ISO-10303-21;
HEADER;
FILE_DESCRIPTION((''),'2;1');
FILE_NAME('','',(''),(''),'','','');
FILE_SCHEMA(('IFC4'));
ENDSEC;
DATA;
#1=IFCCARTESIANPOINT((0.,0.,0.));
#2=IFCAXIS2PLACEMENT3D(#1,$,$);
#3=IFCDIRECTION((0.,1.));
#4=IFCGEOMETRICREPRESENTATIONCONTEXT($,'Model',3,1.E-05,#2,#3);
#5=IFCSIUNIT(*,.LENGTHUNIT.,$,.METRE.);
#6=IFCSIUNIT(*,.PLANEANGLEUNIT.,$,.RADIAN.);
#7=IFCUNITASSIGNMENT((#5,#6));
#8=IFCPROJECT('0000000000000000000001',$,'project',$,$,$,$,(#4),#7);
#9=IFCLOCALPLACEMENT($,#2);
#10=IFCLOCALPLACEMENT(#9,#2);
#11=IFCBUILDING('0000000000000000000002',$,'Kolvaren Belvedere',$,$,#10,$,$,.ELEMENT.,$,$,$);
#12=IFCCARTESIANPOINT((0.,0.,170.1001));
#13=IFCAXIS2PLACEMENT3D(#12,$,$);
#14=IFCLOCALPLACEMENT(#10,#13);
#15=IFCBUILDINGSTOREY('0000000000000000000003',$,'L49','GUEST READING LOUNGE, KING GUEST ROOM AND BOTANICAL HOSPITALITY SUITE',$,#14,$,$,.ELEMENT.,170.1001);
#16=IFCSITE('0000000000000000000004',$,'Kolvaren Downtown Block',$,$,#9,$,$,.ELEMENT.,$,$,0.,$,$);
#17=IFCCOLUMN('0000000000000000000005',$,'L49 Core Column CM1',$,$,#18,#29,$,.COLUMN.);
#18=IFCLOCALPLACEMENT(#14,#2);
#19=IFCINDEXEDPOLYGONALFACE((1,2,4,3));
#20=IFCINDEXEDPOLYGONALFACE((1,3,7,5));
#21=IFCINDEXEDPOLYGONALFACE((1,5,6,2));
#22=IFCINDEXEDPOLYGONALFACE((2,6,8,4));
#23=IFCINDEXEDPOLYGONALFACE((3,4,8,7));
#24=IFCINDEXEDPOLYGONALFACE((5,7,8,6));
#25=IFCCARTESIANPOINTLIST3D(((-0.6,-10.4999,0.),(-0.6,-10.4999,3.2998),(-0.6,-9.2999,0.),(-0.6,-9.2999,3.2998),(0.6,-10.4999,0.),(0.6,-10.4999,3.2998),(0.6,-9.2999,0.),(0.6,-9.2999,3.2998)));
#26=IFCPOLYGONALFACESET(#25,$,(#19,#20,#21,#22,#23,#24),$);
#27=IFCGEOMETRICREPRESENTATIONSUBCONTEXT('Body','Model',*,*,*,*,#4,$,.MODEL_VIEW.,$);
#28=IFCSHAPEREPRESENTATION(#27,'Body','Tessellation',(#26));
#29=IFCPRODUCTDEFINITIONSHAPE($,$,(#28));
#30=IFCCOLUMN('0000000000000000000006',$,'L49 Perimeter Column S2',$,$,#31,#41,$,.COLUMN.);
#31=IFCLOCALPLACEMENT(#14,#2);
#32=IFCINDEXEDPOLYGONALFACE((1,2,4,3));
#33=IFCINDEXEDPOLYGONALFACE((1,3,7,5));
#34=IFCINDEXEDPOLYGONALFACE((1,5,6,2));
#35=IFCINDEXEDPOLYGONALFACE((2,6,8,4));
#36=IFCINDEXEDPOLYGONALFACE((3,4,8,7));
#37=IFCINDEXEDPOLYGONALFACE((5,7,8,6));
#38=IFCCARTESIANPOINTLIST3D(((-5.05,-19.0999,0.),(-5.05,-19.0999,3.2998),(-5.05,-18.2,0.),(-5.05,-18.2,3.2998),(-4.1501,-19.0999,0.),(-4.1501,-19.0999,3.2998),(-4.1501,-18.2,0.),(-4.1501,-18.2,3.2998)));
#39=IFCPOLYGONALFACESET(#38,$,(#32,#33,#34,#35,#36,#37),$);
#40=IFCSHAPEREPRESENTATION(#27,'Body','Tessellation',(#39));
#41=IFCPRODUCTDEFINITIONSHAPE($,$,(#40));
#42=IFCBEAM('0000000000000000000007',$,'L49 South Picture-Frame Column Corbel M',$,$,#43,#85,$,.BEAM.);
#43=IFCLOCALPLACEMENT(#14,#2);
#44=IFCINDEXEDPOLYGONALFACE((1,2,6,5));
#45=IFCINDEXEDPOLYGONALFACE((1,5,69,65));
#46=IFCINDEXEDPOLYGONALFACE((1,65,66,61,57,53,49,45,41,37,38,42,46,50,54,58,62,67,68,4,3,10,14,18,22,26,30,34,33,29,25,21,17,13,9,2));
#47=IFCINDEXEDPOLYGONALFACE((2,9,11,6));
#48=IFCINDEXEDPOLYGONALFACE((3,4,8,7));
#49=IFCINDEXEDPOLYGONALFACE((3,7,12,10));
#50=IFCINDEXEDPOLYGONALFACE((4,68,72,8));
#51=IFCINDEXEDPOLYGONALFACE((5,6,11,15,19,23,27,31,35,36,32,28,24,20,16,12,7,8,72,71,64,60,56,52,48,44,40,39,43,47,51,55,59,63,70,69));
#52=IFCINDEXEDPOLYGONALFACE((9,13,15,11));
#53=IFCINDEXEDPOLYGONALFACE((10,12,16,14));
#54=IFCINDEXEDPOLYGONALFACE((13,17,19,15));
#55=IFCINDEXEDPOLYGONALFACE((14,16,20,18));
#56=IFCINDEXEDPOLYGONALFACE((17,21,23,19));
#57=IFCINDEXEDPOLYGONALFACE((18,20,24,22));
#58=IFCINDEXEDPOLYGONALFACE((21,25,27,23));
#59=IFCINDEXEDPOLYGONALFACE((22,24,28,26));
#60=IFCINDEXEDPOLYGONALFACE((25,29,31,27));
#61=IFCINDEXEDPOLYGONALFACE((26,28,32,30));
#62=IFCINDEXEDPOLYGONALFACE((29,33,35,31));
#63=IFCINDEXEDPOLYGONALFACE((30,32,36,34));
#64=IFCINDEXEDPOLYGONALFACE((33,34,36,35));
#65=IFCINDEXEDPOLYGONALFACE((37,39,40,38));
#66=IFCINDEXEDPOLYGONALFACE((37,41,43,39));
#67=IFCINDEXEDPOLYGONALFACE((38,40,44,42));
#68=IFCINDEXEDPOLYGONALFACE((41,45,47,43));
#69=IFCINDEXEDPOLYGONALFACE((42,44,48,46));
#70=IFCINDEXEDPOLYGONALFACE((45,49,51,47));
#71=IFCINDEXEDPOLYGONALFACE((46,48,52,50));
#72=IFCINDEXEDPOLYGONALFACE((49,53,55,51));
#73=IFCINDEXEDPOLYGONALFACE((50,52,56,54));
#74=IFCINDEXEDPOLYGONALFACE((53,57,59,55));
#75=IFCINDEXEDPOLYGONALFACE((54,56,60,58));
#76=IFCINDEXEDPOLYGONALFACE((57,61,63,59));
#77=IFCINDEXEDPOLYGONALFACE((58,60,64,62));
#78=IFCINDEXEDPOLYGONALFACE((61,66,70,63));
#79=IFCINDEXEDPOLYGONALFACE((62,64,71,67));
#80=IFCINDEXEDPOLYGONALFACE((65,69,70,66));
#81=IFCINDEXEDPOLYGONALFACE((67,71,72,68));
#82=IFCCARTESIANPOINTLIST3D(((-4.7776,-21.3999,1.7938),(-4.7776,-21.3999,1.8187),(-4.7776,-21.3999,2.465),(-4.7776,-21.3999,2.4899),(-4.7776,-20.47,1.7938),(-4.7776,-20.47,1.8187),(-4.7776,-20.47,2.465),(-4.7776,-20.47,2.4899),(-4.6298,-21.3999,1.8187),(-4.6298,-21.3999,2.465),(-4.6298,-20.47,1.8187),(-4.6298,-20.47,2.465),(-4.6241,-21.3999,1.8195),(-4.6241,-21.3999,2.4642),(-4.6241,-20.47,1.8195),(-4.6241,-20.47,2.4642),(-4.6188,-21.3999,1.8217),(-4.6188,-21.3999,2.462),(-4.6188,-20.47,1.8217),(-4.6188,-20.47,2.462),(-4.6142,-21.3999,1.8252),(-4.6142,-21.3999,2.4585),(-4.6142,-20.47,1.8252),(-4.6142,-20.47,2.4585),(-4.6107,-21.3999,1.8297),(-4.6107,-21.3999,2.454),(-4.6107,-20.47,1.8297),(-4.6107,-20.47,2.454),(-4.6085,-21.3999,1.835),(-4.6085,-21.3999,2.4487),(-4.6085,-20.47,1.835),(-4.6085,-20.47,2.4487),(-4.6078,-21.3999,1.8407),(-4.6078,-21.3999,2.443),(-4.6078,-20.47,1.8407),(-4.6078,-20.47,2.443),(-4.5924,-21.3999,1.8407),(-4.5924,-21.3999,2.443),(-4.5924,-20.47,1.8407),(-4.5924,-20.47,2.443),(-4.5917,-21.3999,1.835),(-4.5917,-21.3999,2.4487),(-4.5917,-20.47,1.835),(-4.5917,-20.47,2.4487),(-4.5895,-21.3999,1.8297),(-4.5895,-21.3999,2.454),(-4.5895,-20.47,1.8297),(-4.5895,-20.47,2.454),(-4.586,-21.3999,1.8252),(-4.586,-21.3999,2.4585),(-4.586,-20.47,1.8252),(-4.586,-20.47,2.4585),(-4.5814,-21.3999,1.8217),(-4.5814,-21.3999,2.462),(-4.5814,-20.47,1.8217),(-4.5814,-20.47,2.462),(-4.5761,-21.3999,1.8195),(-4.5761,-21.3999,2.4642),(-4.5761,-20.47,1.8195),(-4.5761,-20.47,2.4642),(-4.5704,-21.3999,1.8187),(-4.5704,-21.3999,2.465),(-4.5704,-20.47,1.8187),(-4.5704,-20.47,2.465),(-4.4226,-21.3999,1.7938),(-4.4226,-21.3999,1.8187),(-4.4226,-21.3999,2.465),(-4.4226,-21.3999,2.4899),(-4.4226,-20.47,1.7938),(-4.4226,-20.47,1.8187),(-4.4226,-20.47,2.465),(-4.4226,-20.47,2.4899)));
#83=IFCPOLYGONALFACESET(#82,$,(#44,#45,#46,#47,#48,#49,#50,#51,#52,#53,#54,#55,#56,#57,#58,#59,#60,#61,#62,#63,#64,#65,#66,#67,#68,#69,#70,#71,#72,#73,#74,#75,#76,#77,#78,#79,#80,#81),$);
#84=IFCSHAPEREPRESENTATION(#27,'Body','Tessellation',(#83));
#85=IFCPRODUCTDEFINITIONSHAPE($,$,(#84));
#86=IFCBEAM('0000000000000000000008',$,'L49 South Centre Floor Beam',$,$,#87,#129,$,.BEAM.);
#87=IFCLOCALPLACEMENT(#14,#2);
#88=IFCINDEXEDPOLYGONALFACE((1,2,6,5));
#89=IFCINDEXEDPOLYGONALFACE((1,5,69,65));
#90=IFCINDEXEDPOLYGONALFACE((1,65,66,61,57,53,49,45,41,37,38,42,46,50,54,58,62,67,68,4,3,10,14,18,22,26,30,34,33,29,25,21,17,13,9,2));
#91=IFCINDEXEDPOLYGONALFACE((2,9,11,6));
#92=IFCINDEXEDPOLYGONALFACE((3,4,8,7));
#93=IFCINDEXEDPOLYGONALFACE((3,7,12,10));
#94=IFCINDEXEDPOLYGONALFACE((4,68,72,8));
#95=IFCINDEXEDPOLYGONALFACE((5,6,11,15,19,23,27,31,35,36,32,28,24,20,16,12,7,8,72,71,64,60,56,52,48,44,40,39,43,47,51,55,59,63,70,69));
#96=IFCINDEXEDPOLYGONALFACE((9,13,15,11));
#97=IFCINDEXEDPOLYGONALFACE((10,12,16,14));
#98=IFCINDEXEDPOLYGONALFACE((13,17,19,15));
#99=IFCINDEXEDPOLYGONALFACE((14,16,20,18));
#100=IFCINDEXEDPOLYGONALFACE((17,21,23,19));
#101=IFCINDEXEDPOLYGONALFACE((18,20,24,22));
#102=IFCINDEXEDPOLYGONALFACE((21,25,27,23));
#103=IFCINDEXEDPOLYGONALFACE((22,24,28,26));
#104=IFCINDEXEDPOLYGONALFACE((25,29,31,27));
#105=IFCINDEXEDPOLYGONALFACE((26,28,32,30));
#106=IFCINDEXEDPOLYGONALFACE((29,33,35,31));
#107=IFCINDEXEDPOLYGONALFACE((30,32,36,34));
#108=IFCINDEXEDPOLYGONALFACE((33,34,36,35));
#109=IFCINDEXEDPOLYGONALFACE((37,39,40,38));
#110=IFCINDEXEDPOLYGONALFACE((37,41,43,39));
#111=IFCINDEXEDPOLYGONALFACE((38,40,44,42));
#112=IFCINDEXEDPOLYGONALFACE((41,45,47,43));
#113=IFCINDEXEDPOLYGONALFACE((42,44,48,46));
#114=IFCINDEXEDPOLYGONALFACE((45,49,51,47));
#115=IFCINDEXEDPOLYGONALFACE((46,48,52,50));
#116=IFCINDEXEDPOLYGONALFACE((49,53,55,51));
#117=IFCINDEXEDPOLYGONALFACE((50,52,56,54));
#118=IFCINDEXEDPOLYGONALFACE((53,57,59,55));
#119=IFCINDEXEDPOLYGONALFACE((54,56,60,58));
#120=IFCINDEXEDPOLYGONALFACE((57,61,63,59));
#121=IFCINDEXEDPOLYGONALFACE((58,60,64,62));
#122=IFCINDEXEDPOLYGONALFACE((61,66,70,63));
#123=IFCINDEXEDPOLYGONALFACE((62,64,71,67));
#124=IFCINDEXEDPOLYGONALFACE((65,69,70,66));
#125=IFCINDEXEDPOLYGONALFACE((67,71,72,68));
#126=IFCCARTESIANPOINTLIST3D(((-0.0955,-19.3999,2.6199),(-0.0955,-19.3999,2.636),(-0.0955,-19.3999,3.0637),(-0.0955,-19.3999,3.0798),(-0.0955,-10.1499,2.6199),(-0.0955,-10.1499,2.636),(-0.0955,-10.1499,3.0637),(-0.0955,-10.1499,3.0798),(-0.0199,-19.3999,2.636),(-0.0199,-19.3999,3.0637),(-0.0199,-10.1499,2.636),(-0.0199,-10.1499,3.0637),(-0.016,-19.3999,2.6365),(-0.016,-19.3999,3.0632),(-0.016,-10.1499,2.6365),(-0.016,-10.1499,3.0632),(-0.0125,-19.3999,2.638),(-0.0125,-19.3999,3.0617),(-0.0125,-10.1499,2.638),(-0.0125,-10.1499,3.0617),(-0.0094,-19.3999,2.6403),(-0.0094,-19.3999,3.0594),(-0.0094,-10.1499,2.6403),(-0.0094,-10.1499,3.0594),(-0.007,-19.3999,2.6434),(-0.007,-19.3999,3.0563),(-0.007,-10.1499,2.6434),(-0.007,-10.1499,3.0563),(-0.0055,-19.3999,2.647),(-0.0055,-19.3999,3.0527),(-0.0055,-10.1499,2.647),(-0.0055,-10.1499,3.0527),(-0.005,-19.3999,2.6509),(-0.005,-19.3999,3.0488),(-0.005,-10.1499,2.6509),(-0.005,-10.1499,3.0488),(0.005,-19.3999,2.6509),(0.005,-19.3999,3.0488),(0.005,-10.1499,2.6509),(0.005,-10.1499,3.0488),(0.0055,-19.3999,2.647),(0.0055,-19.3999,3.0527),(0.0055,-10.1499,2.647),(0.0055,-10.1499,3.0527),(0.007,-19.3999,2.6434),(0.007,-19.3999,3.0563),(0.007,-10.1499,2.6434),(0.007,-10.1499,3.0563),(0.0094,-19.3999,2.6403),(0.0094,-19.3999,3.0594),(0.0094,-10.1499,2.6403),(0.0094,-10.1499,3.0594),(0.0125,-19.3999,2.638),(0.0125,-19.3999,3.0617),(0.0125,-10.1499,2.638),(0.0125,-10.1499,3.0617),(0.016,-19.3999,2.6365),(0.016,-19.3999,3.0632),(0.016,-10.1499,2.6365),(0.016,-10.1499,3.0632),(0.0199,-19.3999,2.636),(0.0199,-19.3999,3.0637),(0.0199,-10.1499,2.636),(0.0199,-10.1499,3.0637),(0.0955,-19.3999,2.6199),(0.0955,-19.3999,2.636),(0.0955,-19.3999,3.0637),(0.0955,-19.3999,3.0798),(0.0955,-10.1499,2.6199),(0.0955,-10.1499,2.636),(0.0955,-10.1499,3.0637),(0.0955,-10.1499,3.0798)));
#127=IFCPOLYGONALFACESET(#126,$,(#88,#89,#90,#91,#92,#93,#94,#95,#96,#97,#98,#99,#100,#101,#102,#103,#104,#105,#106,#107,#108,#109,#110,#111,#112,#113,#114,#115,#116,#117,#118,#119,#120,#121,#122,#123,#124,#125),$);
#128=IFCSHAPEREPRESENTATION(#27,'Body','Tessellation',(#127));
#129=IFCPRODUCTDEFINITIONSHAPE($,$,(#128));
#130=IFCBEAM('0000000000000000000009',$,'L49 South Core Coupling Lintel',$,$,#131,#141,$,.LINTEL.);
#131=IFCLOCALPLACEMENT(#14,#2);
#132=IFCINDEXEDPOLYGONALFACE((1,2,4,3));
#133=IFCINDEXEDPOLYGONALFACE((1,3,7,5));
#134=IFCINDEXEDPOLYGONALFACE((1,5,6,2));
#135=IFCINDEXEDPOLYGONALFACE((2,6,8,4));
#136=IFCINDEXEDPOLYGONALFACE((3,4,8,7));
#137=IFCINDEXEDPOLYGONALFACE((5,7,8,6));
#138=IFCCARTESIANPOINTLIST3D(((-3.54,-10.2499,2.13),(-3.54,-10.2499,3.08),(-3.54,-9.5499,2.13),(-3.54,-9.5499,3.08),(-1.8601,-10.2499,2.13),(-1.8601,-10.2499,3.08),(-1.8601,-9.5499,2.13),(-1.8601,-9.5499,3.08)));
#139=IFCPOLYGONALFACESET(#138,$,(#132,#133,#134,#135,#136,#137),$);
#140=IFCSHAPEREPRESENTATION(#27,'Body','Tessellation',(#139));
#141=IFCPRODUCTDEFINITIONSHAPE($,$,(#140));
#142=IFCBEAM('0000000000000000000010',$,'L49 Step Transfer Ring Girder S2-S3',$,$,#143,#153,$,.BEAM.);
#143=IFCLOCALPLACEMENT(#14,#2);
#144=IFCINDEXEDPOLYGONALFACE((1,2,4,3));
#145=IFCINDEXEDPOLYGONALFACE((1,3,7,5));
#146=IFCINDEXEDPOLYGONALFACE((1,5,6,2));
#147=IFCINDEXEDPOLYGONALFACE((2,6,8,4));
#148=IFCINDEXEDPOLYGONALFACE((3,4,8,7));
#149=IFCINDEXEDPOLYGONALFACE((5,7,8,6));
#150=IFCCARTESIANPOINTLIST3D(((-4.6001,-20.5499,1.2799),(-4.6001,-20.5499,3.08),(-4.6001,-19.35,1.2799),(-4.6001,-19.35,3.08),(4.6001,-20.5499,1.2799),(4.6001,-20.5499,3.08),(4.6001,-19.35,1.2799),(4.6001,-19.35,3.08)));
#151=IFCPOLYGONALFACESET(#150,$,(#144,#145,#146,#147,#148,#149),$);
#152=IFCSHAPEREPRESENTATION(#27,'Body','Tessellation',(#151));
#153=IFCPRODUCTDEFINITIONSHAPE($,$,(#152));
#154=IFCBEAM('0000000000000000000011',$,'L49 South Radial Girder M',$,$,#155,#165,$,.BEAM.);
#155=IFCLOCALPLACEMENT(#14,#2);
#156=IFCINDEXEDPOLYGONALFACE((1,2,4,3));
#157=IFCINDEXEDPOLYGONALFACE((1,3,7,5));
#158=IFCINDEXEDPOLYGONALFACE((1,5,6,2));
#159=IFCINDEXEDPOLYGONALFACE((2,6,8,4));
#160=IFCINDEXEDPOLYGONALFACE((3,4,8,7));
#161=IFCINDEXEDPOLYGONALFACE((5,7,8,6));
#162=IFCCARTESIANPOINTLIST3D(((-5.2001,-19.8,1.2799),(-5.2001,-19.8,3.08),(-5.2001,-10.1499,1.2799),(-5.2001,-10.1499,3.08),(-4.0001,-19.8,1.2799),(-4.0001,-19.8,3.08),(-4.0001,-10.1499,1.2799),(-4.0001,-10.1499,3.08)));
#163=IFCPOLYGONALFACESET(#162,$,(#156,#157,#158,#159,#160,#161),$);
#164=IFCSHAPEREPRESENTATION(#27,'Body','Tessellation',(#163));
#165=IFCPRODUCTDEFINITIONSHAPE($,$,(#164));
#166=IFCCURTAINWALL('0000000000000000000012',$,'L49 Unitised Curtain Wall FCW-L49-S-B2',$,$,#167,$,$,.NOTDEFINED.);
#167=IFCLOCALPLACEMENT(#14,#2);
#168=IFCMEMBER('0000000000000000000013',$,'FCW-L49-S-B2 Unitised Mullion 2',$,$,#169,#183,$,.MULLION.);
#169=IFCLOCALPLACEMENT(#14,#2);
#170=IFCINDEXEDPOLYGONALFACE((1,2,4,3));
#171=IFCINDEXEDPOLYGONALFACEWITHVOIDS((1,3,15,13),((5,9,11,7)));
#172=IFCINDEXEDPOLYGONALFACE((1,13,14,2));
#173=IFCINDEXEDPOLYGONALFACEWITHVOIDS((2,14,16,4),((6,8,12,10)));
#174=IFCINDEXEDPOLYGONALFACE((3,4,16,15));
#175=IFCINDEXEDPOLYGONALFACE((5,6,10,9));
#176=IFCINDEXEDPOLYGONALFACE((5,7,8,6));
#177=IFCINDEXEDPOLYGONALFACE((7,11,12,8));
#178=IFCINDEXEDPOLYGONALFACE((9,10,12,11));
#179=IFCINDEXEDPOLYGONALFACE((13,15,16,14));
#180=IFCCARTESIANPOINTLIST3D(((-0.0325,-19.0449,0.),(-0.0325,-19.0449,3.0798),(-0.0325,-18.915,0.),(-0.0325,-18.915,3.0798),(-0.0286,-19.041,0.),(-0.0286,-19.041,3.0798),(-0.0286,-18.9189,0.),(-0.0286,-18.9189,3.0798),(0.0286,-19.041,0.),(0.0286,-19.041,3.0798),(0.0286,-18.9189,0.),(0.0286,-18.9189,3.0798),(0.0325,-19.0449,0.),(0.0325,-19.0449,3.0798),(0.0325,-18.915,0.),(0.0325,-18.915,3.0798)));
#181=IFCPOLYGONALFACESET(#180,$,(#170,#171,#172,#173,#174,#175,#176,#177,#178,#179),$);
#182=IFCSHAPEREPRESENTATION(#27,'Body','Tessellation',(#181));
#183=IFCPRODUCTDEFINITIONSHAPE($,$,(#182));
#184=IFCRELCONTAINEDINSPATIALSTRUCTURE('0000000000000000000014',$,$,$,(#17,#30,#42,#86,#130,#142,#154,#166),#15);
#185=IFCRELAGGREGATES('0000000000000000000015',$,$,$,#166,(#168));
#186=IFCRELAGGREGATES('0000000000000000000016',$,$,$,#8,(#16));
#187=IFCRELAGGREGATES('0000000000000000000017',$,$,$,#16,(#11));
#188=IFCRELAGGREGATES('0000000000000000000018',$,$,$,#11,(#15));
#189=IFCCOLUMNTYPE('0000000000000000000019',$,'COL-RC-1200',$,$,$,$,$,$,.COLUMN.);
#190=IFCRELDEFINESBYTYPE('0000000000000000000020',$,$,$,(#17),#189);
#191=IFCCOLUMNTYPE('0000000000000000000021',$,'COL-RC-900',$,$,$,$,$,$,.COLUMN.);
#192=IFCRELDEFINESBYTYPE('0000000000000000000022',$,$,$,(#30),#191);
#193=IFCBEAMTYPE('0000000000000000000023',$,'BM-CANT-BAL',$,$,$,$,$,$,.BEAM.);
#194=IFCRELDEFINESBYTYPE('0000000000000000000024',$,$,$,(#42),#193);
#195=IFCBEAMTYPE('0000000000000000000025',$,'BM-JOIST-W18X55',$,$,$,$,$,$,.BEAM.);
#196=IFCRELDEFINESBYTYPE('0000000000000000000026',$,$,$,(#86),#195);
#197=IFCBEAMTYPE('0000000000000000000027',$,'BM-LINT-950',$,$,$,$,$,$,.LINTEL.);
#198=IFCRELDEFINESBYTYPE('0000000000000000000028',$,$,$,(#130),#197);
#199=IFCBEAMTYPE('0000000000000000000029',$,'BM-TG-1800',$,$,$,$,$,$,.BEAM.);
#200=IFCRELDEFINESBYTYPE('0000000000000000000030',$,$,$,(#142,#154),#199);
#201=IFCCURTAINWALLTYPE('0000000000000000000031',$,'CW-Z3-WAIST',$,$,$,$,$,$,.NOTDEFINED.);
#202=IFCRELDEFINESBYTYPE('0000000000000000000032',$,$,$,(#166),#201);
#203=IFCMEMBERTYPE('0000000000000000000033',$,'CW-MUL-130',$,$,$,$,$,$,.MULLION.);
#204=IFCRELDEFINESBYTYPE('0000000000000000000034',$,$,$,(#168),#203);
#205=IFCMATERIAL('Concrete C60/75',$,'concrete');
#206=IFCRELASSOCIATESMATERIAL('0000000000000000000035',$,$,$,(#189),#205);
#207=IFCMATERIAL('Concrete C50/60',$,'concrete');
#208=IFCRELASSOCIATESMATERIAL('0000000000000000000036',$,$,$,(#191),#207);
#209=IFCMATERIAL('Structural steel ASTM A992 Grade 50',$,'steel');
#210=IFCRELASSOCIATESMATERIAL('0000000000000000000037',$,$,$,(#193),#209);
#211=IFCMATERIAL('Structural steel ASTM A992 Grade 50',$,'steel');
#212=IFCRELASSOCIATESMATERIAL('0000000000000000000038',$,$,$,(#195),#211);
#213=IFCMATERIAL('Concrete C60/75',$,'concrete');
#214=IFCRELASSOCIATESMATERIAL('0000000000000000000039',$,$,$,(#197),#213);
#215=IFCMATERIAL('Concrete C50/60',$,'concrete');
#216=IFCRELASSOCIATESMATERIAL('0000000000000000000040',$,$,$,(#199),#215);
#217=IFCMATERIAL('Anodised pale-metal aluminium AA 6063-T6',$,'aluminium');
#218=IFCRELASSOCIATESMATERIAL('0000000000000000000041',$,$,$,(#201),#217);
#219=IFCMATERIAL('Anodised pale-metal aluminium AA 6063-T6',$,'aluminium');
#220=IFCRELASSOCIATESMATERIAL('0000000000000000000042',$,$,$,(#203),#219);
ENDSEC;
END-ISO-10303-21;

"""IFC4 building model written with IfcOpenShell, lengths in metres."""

from ifc_helpers import new_model, si_unit, direction, frame, origin, origin_2d, place, context, subcontext, project, spatial, rectangle, hollow_rectangle, i_section, extrude, material, material_profile, profile_set, type_object, element, aggregate, save


model = new_model("IFC4")

# Units and contexts
model_context = context("Model", 3, precision=1e-05, world=origin(), true_north=direction((0.0, 1.0)))
body_context = subcontext(model_context, "Body", "Model", "MODEL_VIEW")
ifc_project = project(units=[si_unit("LENGTHUNIT", "METRE"), si_unit("PLANEANGLEUNIT", "RADIAN")], contexts=[model_context])

# Site, building, storey
site_placement = place(None, origin())
site = spatial("IfcSite", under=ifc_project, at=site_placement, Name="Kolvaren Downtown Block", CompositionType="ELEMENT", RefElevation=0.0)
building_placement = place(site_placement, origin())
building = spatial("IfcBuilding", under=site, at=building_placement, Name="Kolvaren Belvedere", CompositionType="ELEMENT")
storey_placement = place(building_placement, frame((0.0, 0.0, 170.1001)))
storey = spatial("IfcBuildingStorey", under=building, at=storey_placement, Name="L49", Description="GUEST READING LOUNGE, KING GUEST ROOM AND BOTANICAL HOSPITALITY SUITE", CompositionType="ELEMENT", Elevation=170.1001)

# Columns
ifc_material_1 = material(Name="Concrete C60/75", Category="concrete")
ifc_material_profile_1 = material_profile(ifc_material_1, rectangle(XDim=1.2, YDim=1.2, at=origin_2d()), Name="RC 1200X1200")
ifc_profile_set_1 = profile_set([ifc_material_profile_1], Name="Concrete C60/75")
column_type_1 = type_object("IfcColumnType", Name="COL-RC-1200", PredefinedType="COLUMN", material=ifc_profile_set_1)
column_1_placement = place(storey_placement, frame((0.0, -9.8999, 0.0), z_axis=(0.0, 0.0, 1.0), x_axis=(1.0, 0.0, 0.0)))
element("IfcColumn", 1, at=column_1_placement, inside=storey, type_object=column_type_1, Name="L49 Core Column CM1", PredefinedType="COLUMN", context=body_context, shape_type="SweptSolid", body=[
    extrude(rectangle(XDim=1.2, YDim=1.2, at=origin_2d()), origin(), (0.0, 0.0, 1.0), 3.2998),
])
ifc_material_2 = material(Name="Concrete C50/60", Category="concrete")
ifc_material_profile_2 = material_profile(ifc_material_2, rectangle(XDim=0.8999, YDim=0.8999, at=origin_2d()), Name="RC 900X900")
ifc_profile_set_2 = profile_set([ifc_material_profile_2], Name="Concrete C50/60")
column_type_2 = type_object("IfcColumnType", Name="COL-RC-900", PredefinedType="COLUMN", material=ifc_profile_set_2)
column_2_placement = place(storey_placement, frame((-4.6001, -18.6499, 0.0), z_axis=(0.0, 0.0, 1.0), x_axis=(1.0, 0.0, 0.0)))
element("IfcColumn", 2, at=column_2_placement, inside=storey, type_object=column_type_2, Name="L49 Perimeter Column S2", PredefinedType="COLUMN", context=body_context, shape_type="SweptSolid", body=[
    extrude(rectangle(XDim=0.8999, YDim=0.8999, at=origin_2d()), origin(), (0.0, 0.0, 1.0), 3.2998),
])

# Beams
ifc_material_3 = material(Name="Structural steel ASTM A992 Grade 50", Category="steel")
ifc_material_profile_3 = material_profile(ifc_material_3, i_section(OverallWidth=0.355, OverallDepth=0.696, WebThickness=0.0154, FlangeThickness=0.0249, FilletRadius=0.022, at=origin_2d()), Name="W27X146")
ifc_profile_set_3 = profile_set([ifc_material_profile_3], Name="Structural steel ASTM A992 Grade 50")
beam_type_1 = type_object("IfcBeamType", Name="BM-CANT-BAL", PredefinedType="BEAM", material=ifc_profile_set_3)
beam_1_placement = place(storey_placement, frame((-4.6001, -20.47, 2.1418), z_axis=(0.0, -1.0, 0.0), x_axis=(1.0, 0.0, 0.0)))
element("IfcBeam", 3, at=beam_1_placement, inside=storey, type_object=beam_type_1, Name="L49 South Picture-Frame Column Corbel M", PredefinedType="BEAM", context=body_context, shape_type="SweptSolid", body=[
    extrude(i_section(OverallWidth=0.355, OverallDepth=0.696, WebThickness=0.0154, FlangeThickness=0.0249, FilletRadius=0.022, at=origin_2d()), origin(), (0.0, 0.0, 1.0), 0.9299),
])
ifc_material_4 = material(Name="Structural steel ASTM A992 Grade 50", Category="steel")
ifc_material_profile_4 = material_profile(ifc_material_4, i_section(OverallWidth=0.1909, OverallDepth=0.46, WebThickness=0.01, FlangeThickness=0.0161, FilletRadius=0.0149, at=origin_2d()), Name="W18X55")
ifc_profile_set_4 = profile_set([ifc_material_profile_4], Name="Structural steel ASTM A992 Grade 50")
beam_type_2 = type_object("IfcBeamType", Name="BM-JOIST-W18X55", PredefinedType="BEAM", material=ifc_profile_set_4)
beam_2_placement = place(storey_placement, frame((0.0, -10.1499, 2.8499), z_axis=(0.0, -1.0, 0.0), x_axis=(1.0, 0.0, 0.0)))
element("IfcBeam", 4, at=beam_2_placement, inside=storey, type_object=beam_type_2, Name="L49 South Centre Floor Beam", PredefinedType="BEAM", context=body_context, shape_type="SweptSolid", body=[
    extrude(i_section(OverallWidth=0.1909, OverallDepth=0.46, WebThickness=0.01, FlangeThickness=0.0161, FilletRadius=0.0149, at=origin_2d()), origin(), (0.0, 0.0, 1.0), 9.25),
])
ifc_material_5 = material(Name="Concrete C60/75", Category="concrete")
ifc_material_profile_5 = material_profile(ifc_material_5, rectangle(XDim=0.7, YDim=0.95, at=origin_2d()), Name="RC 700X950")
ifc_profile_set_5 = profile_set([ifc_material_profile_5], Name="Concrete C60/75")
beam_type_3 = type_object("IfcBeamType", Name="BM-LINT-950", PredefinedType="LINTEL", material=ifc_profile_set_5)
beam_3_placement = place(storey_placement, frame((-3.54, -9.8999, 2.605), z_axis=(1.0, 0.0, 0.0), x_axis=(0.0, 1.0, 0.0)))
element("IfcBeam", 5, at=beam_3_placement, inside=storey, type_object=beam_type_3, Name="L49 South Core Coupling Lintel", PredefinedType="LINTEL", context=body_context, shape_type="SweptSolid", body=[
    extrude(rectangle(XDim=0.7, YDim=0.95, at=origin_2d()), origin(), (0.0, 0.0, 1.0), 1.6799),
])
ifc_material_6 = material(Name="Concrete C50/60", Category="concrete")
ifc_material_profile_6 = material_profile(ifc_material_6, rectangle(XDim=1.2, YDim=1.8, at=origin_2d()), Name="RC 1200X1800")
ifc_profile_set_6 = profile_set([ifc_material_profile_6], Name="Concrete C50/60")
beam_type_4 = type_object("IfcBeamType", Name="BM-TG-1800", PredefinedType="BEAM", material=ifc_profile_set_6)
beam_4_placement = place(storey_placement, frame((-4.6001, -19.95, 2.1799), z_axis=(1.0, 0.0, 0.0), x_axis=(0.0, 1.0, 0.0)))
element("IfcBeam", 6, at=beam_4_placement, inside=storey, type_object=beam_type_4, Name="L49 Step Transfer Ring Girder S2-S3", PredefinedType="BEAM", context=body_context, shape_type="SweptSolid", body=[
    extrude(rectangle(XDim=1.2, YDim=1.8, at=origin_2d()), origin(), (0.0, 0.0, 1.0), 9.2002),
])
beam_5_placement = place(storey_placement, frame((-4.6001, -10.1499, 2.1799), z_axis=(0.0, -1.0, 0.0), x_axis=(1.0, 0.0, 0.0)))
element("IfcBeam", 7, at=beam_5_placement, inside=storey, type_object=beam_type_4, Name="L49 South Radial Girder M", PredefinedType="BEAM", context=body_context, shape_type="SweptSolid", body=[
    extrude(rectangle(XDim=1.2, YDim=1.8, at=origin_2d()), origin(), (0.0, 0.0, 1.0), 9.6501),
])

# Curtain wall, member
ifc_material_7 = material(Name="Anodised pale-metal aluminium AA 6063-T6", Category="aluminium")
curtain_wall_type = type_object("IfcCurtainWallType", Name="CW-Z3-WAIST", PredefinedType="NOTDEFINED", material=ifc_material_7)
curtain_wall_1_placement = place(storey_placement, origin())
curtain_wall_1 = element("IfcCurtainWall", 8, at=curtain_wall_1_placement, inside=storey, type_object=curtain_wall_type, Name="L49 Unitised Curtain Wall FCW-L49-S-B2", PredefinedType="NOTDEFINED")
ifc_material_8 = material(Name="Anodised pale-metal aluminium AA 6063-T6", Category="aluminium")
ifc_material_profile_7 = material_profile(ifc_material_8, hollow_rectangle(XDim=0.0649, YDim=0.1299, WallThickness=0.0039, at=origin_2d()), Name="ALU-MUL-130X65")
ifc_profile_set_7 = profile_set([ifc_material_profile_7], Name="Anodised pale-metal aluminium AA 6063-T6")
member_type_1 = type_object("IfcMemberType", Name="CW-MUL-130", PredefinedType="MULLION", material=ifc_profile_set_7)
member_1_placement = place(storey_placement, frame((0.0, -18.98, 0.0), z_axis=(0.0, 0.0, 1.0), x_axis=(1.0, 0.0, 0.0)))
member_1 = element("IfcMember", 9, at=member_1_placement, type_object=member_type_1, Name="FCW-L49-S-B2 Unitised Mullion 2", PredefinedType="MULLION", context=body_context, shape_type="SweptSolid", body=[
    extrude(hollow_rectangle(XDim=0.0649, YDim=0.1299, WallThickness=0.0039, at=origin_2d()), origin(), (0.0, 0.0, 1.0), 3.0798),
])

aggregate(curtain_wall_1, [member_1])

save(model, "model.ifc")
